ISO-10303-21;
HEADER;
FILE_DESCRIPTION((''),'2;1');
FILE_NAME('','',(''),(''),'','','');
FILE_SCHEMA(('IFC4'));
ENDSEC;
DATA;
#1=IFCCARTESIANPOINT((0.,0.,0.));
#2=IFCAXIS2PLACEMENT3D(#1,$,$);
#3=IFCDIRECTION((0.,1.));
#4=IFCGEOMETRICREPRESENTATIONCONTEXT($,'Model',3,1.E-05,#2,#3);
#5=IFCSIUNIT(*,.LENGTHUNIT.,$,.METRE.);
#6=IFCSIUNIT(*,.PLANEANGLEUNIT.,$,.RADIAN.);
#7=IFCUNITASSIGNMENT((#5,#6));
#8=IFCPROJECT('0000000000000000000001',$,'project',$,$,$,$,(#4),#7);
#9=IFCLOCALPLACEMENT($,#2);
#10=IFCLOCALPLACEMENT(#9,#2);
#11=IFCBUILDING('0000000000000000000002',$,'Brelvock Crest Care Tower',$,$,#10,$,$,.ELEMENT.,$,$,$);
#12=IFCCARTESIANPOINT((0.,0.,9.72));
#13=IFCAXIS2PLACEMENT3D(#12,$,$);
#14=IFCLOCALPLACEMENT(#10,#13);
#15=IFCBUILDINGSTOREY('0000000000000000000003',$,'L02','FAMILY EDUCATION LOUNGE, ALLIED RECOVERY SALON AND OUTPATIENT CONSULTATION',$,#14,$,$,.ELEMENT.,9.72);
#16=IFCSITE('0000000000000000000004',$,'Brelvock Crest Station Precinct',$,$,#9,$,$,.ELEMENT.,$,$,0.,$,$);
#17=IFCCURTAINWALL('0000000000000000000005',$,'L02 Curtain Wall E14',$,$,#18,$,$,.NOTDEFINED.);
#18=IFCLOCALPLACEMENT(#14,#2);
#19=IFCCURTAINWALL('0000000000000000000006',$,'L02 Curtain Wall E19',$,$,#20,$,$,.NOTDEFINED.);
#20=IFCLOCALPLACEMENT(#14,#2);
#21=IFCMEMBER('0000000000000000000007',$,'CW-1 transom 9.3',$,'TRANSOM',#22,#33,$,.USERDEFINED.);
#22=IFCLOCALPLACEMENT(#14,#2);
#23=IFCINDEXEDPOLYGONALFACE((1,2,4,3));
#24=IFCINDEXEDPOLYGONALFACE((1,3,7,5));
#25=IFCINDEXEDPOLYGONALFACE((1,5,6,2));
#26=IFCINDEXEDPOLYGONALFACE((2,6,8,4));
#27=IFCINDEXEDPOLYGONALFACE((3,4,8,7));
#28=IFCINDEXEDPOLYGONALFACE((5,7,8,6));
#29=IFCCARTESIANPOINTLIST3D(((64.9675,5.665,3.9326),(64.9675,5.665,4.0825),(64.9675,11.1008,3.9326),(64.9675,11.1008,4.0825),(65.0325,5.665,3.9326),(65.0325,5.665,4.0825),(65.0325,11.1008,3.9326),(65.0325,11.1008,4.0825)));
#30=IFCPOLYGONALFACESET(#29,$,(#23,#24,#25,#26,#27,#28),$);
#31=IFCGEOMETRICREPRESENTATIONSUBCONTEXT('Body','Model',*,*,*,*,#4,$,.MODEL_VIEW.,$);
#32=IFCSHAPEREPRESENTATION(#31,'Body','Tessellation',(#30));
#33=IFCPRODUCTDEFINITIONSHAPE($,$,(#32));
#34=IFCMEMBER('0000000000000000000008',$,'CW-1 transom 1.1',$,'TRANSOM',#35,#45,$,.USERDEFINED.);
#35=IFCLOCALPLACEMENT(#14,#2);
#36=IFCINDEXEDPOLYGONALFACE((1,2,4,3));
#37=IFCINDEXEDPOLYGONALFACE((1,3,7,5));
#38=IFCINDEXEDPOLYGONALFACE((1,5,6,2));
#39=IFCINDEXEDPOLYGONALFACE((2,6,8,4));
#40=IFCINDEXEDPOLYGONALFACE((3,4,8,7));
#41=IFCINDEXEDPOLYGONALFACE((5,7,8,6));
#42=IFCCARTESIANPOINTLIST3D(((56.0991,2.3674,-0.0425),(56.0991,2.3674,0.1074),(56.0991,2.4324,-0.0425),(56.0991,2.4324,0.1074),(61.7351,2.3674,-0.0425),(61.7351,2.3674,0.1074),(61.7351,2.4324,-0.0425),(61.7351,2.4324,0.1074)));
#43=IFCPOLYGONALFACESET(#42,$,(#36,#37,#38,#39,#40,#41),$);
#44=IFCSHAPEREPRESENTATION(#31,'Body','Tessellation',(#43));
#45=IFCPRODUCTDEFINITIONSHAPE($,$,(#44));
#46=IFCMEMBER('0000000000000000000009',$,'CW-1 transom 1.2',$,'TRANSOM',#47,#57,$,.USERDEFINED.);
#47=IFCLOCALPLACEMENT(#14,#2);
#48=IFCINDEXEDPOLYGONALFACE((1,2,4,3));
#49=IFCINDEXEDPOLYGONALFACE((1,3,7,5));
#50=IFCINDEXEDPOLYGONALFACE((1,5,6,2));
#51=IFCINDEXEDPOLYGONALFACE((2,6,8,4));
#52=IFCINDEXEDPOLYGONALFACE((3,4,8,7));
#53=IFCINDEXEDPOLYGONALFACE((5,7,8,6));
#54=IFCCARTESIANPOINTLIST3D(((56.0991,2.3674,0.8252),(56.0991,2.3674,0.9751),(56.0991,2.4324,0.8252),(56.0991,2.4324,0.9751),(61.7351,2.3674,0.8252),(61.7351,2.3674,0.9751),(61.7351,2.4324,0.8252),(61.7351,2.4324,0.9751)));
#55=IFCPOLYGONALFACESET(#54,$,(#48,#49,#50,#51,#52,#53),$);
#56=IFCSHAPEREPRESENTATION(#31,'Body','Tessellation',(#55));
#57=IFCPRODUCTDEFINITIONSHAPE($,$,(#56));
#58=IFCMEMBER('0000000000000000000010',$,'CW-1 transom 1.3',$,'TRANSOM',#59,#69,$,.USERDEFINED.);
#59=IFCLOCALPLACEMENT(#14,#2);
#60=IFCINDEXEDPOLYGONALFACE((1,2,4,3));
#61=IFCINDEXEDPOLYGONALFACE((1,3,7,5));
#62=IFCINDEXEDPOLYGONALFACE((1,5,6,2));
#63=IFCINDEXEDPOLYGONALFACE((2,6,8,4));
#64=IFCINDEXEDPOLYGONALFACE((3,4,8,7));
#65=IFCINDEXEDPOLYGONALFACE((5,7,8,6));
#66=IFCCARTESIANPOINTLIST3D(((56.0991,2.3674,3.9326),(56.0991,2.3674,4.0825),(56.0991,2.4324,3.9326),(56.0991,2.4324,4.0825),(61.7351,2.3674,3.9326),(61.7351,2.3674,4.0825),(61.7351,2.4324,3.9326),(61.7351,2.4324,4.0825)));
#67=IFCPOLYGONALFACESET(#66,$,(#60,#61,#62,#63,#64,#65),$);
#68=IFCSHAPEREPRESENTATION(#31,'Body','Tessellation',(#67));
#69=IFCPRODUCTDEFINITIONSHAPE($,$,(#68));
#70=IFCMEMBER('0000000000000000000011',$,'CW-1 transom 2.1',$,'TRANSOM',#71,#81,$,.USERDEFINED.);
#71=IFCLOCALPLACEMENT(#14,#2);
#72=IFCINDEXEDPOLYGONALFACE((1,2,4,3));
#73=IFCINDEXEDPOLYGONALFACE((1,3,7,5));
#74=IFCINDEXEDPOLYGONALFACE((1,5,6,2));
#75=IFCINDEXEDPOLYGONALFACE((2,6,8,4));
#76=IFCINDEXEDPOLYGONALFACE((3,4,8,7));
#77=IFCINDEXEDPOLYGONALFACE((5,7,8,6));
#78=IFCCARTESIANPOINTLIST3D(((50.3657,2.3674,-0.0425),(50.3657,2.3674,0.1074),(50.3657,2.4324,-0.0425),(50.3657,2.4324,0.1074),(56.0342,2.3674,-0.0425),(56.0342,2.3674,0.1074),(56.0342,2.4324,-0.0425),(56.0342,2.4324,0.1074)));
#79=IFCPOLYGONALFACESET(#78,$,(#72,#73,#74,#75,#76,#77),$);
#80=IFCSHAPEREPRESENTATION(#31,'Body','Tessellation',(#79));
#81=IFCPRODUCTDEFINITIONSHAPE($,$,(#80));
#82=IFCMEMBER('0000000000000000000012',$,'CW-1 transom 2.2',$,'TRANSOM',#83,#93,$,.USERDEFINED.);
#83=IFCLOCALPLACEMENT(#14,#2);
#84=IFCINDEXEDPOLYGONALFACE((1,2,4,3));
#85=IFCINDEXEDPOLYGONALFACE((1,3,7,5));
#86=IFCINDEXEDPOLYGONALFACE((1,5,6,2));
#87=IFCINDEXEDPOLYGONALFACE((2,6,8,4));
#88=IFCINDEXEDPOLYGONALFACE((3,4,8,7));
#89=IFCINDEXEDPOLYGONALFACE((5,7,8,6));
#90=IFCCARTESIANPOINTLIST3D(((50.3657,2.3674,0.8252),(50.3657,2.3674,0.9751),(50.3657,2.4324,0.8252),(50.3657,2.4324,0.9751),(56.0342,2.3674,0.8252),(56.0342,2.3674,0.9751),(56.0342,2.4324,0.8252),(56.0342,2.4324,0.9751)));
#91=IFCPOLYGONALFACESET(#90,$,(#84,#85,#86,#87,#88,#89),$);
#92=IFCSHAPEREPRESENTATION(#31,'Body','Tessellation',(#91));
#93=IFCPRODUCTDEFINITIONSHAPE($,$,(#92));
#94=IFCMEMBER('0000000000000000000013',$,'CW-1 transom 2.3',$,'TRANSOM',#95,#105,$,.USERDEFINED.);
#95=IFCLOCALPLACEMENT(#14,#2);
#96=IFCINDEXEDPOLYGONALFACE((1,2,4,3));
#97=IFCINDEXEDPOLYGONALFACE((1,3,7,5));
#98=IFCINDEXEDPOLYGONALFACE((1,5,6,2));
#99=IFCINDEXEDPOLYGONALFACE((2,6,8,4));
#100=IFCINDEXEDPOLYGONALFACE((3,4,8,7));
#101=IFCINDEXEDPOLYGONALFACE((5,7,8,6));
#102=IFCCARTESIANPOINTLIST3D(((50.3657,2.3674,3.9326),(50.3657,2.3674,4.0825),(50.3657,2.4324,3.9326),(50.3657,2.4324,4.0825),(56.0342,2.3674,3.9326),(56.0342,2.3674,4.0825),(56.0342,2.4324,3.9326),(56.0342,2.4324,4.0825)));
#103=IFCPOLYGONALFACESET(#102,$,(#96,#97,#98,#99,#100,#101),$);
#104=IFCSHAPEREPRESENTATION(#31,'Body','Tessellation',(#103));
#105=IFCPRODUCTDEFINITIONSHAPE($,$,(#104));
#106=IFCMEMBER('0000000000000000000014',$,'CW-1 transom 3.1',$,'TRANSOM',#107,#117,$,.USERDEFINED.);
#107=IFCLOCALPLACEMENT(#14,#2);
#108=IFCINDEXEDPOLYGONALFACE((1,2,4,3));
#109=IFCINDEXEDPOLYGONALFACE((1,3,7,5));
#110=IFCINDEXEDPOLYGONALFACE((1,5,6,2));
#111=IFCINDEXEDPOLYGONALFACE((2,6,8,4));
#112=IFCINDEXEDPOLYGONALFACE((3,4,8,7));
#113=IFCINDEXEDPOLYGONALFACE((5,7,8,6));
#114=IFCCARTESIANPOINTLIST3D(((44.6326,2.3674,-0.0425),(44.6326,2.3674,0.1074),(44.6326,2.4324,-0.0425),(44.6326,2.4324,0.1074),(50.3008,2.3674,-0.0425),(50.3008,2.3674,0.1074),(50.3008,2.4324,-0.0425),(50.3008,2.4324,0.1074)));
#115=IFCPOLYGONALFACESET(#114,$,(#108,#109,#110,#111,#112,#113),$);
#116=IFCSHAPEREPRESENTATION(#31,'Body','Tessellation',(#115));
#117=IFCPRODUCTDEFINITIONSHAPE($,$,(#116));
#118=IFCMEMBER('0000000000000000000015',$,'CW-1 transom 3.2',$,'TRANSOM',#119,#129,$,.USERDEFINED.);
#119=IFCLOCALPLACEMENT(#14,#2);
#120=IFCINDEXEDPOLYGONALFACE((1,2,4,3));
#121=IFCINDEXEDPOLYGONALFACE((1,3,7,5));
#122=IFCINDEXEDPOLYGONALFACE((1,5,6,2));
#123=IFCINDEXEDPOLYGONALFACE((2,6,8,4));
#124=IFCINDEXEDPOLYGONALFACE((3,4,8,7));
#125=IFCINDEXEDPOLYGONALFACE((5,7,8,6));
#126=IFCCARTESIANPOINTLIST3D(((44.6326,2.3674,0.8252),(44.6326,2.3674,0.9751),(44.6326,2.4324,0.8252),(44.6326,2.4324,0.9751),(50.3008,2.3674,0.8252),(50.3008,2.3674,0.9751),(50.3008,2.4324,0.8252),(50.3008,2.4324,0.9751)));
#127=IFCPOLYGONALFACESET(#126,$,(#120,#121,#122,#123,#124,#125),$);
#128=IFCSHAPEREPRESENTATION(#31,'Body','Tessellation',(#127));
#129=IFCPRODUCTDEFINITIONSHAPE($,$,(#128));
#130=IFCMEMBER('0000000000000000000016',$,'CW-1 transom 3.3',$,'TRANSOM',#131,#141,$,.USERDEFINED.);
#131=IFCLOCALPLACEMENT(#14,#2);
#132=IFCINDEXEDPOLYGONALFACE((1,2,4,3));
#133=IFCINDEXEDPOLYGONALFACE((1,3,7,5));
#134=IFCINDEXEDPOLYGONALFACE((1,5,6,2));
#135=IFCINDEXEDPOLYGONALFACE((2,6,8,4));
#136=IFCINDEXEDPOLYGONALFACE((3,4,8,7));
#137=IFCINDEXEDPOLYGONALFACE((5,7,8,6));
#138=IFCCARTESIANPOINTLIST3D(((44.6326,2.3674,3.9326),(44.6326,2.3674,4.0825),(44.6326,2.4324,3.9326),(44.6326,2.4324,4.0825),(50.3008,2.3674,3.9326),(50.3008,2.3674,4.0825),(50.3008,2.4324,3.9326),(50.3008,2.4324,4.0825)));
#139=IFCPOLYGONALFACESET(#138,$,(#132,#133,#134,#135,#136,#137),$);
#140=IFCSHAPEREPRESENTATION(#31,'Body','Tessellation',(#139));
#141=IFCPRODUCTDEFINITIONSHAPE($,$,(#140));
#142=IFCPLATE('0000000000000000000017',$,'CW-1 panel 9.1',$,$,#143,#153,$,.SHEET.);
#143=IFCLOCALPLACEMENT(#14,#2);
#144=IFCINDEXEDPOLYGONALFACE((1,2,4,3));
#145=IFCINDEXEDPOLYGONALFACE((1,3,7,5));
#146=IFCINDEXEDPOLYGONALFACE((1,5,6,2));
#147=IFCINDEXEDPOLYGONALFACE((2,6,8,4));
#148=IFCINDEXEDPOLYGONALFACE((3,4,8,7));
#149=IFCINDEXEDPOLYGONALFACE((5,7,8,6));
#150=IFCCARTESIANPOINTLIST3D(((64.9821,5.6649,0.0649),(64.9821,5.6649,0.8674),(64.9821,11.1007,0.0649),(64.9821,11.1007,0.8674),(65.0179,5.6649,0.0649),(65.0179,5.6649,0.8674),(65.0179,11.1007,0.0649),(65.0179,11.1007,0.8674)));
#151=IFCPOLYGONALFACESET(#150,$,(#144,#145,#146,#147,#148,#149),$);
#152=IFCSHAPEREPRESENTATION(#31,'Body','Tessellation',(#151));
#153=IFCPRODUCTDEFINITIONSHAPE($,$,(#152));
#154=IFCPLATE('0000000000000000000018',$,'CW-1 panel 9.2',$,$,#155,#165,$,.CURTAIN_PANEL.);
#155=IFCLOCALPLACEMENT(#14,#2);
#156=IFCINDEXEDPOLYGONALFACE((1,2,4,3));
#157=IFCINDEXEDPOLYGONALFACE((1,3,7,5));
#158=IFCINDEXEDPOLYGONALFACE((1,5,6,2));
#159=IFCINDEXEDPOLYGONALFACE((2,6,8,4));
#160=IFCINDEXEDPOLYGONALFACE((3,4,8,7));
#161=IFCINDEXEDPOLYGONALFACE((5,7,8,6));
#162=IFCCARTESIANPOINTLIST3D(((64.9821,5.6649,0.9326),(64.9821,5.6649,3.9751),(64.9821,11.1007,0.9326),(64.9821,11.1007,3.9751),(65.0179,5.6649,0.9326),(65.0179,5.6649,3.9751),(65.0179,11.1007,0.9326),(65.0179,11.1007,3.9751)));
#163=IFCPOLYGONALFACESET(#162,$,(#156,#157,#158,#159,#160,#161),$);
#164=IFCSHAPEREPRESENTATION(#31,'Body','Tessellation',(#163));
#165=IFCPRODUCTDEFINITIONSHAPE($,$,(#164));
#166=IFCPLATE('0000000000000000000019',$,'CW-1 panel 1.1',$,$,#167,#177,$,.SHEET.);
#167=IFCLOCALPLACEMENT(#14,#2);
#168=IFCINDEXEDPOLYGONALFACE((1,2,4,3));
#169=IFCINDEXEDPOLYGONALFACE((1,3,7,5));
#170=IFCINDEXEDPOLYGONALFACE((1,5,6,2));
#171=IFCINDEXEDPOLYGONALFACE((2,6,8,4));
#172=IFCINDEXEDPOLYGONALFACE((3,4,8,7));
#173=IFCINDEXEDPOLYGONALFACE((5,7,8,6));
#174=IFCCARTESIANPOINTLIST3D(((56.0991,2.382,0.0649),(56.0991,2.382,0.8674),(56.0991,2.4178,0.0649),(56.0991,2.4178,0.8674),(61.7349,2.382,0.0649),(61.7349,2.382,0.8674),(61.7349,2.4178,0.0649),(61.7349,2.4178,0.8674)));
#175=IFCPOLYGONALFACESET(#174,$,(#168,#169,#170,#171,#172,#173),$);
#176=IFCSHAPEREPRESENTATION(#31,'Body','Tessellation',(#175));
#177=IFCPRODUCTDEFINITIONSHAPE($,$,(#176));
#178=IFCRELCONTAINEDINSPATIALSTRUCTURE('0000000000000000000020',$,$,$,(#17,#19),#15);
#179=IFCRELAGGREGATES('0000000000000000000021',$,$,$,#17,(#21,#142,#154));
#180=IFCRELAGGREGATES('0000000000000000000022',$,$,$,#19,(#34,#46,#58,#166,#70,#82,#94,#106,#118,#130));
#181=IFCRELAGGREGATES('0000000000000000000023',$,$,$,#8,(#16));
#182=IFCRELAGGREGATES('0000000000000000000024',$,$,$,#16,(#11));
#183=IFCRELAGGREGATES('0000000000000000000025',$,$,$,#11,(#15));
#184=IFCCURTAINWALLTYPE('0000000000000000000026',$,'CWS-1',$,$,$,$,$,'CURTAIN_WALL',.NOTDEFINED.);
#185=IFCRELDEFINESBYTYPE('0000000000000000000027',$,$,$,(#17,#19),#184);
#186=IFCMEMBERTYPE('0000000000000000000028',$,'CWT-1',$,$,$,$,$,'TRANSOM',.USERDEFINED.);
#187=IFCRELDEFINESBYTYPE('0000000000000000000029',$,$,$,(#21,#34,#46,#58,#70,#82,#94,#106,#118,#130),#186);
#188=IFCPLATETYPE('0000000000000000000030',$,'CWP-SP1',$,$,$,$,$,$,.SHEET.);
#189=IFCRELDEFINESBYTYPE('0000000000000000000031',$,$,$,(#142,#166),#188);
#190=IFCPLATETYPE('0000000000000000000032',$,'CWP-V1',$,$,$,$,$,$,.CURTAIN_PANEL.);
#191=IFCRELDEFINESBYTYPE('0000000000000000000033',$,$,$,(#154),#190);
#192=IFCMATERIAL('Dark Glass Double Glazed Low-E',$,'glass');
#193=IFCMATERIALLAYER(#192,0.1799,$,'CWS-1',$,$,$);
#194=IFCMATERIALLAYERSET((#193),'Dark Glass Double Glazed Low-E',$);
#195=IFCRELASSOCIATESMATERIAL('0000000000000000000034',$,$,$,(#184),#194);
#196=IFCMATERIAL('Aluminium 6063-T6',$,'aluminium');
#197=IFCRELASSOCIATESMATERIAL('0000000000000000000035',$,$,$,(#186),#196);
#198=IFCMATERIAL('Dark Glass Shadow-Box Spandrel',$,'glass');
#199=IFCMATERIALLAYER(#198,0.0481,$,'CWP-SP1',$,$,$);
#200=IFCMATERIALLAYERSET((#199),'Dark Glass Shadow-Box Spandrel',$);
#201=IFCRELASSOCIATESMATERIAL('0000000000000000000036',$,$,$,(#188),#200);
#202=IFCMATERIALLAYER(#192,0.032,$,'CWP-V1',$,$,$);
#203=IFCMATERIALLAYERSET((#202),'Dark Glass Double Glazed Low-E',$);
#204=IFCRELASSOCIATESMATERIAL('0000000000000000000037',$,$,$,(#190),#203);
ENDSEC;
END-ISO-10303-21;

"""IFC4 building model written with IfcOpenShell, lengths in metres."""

from ifc_helpers import new_model, si_unit, direction, frame, origin, origin_2d, place, context, subcontext, project, spatial, rectangle, extrude, source, transform, mapped, material, layer, layer_set, material_profile, profile_set, type_object, element, aggregate, save


model = new_model("IFC4")

# Units and contexts
model_context = context("Model", 3, precision=1e-05, world=origin(), true_north=direction((0.0, 1.0)))
body_context = subcontext(model_context, "Body", "Model", "MODEL_VIEW")
ifc_project = project(units=[si_unit("LENGTHUNIT", "METRE"), si_unit("PLANEANGLEUNIT", "RADIAN")], contexts=[model_context])

# Site, building, storey
site_placement = place(None, origin())
site = spatial("IfcSite", under=ifc_project, at=site_placement, Name="Brelvock Crest Station Precinct", CompositionType="ELEMENT", RefElevation=0.0)
building_placement = place(site_placement, origin())
building = spatial("IfcBuilding", under=site, at=building_placement, Name="Brelvock Crest Care Tower", CompositionType="ELEMENT")
storey_placement = place(building_placement, frame((0.0, 0.0, 9.72)))
storey = spatial("IfcBuildingStorey", under=building, at=storey_placement, Name="L02", Description="FAMILY EDUCATION LOUNGE, ALLIED RECOVERY SALON AND OUTPATIENT CONSULTATION", CompositionType="ELEMENT", Elevation=9.72)

# Curtain walls
ifc_material_1 = material(Name="Dark Glass Double Glazed Low-E", Category="glass")
ifc_layer_1 = layer(ifc_material_1, 0.1799, Name="CWS-1")
ifc_layer_set_1 = layer_set([ifc_layer_1], Name="Dark Glass Double Glazed Low-E")
curtain_wall_type = type_object("IfcCurtainWallType", Name="CWS-1", ElementType="CURTAIN_WALL", PredefinedType="NOTDEFINED", material=ifc_layer_set_1)
curtain_wall_1_placement = place(storey_placement, origin())
curtain_wall_1 = element("IfcCurtainWall", 1, at=curtain_wall_1_placement, inside=storey, type_object=curtain_wall_type, Name="L02 Curtain Wall E14", PredefinedType="NOTDEFINED")
ifc_material_2 = material(Name="Aluminium 6063-T6", Category="aluminium")
curtain_wall_2_placement = place(storey_placement, origin())
curtain_wall_2 = element("IfcCurtainWall", 2, at=curtain_wall_2_placement, inside=storey, type_object=curtain_wall_type, Name="L02 Curtain Wall E19", PredefinedType="NOTDEFINED")

# Members
ifc_material_profile_1 = material_profile(ifc_material_2, rectangle(XDim=0.0649, YDim=0.1499, at=origin_2d()), Name="ALU65x150")
ifc_profile_set_1 = profile_set([ifc_material_profile_1], Name="Aluminium 6063-T6")
member_type_1 = type_object("IfcMemberType", Name="CWT-1", ElementType="TRANSOM", PredefinedType="USERDEFINED", material=ifc_profile_set_1)
shared_shape_1 = source(origin(), body_context, "Body", "SweptSolid", [
    extrude(rectangle(XDim=0.0649, YDim=0.1499, at=origin_2d()), origin(), (0.0, 0.0, 1.0), 5.4358),
])
member_1_placement = place(storey_placement, frame((65.0, 11.1008, 4.0076), z_axis=(0.0, -1.0, 0.0), x_axis=(1.0, 0.0, 0.0)))
member_1 = element("IfcMember", 3, at=member_1_placement, type_object=member_type_1, Name="CW-1 transom 9.3", ObjectType="TRANSOM", PredefinedType="USERDEFINED", context=body_context, shape_type="MappedRepresentation", body=[
    mapped(shared_shape_1, transform((0.0, 0.0, 0.0), x_axis=(1.0, 0.0, 0.0), y_axis=(0.0, 1.0, 0.0), z_axis=(0.0, 0.0, 1.0), scale=1.0)),
])
shared_shape_2 = source(origin(), body_context, "Body", "SweptSolid", [
    extrude(rectangle(XDim=0.0649, YDim=0.1499, at=origin_2d()), origin(), (0.0, 0.0, 1.0), 5.636),
])
member_2_placement = place(storey_placement, frame((61.7351, 2.3999, 0.0325), z_axis=(-1.0, 0.0, 0.0), x_axis=(0.0, -1.0, 0.0)))
member_2 = element("IfcMember", 4, at=member_2_placement, type_object=member_type_1, Name="CW-1 transom 1.1", ObjectType="TRANSOM", PredefinedType="USERDEFINED", context=body_context, shape_type="MappedRepresentation", body=[
    mapped(shared_shape_2, transform((0.0, 0.0, 0.0), x_axis=(1.0, 0.0, 0.0), y_axis=(0.0, 1.0, 0.0), z_axis=(0.0, 0.0, 1.0), scale=1.0)),
])
member_3_placement = place(storey_placement, frame((61.7351, 2.3999, 0.9001), z_axis=(-1.0, 0.0, 0.0), x_axis=(0.0, -1.0, 0.0)))
member_3 = element("IfcMember", 5, at=member_3_placement, type_object=member_type_1, Name="CW-1 transom 1.2", ObjectType="TRANSOM", PredefinedType="USERDEFINED", context=body_context, shape_type="MappedRepresentation", body=[
    mapped(shared_shape_2, transform((0.0, 0.0, 0.0), x_axis=(1.0, 0.0, 0.0), y_axis=(0.0, 1.0, 0.0), z_axis=(0.0, 0.0, 1.0), scale=1.0)),
])
member_4_placement = place(storey_placement, frame((61.7351, 2.3999, 4.0076), z_axis=(-1.0, 0.0, 0.0), x_axis=(0.0, -1.0, 0.0)))
member_4 = element("IfcMember", 6, at=member_4_placement, type_object=member_type_1, Name="CW-1 transom 1.3", ObjectType="TRANSOM", PredefinedType="USERDEFINED", context=body_context, shape_type="MappedRepresentation", body=[
    mapped(shared_shape_2, transform((0.0, 0.0, 0.0), x_axis=(1.0, 0.0, 0.0), y_axis=(0.0, 1.0, 0.0), z_axis=(0.0, 0.0, 1.0), scale=1.0)),
])
shared_shape_3 = source(origin(), body_context, "Body", "SweptSolid", [
    extrude(rectangle(XDim=0.0649, YDim=0.1499, at=origin_2d()), origin(), (0.0, 0.0, 1.0), 5.6685),
])
member_5_placement = place(storey_placement, frame((56.0342, 2.3999, 0.0325), z_axis=(-1.0, 0.0, 0.0), x_axis=(0.0, -1.0, 0.0)))
member_5 = element("IfcMember", 7, at=member_5_placement, type_object=member_type_1, Name="CW-1 transom 2.1", ObjectType="TRANSOM", PredefinedType="USERDEFINED", context=body_context, shape_type="MappedRepresentation", body=[
    mapped(shared_shape_3, transform((0.0, 0.0, 0.0), x_axis=(1.0, 0.0, 0.0), y_axis=(0.0, 1.0, 0.0), z_axis=(0.0, 0.0, 1.0), scale=1.0)),
])
member_6_placement = place(storey_placement, frame((56.0342, 2.3999, 0.9001), z_axis=(-1.0, 0.0, 0.0), x_axis=(0.0, -1.0, 0.0)))
member_6 = element("IfcMember", 8, at=member_6_placement, type_object=member_type_1, Name="CW-1 transom 2.2", ObjectType="TRANSOM", PredefinedType="USERDEFINED", context=body_context, shape_type="MappedRepresentation", body=[
    mapped(shared_shape_3, transform((0.0, 0.0, 0.0), x_axis=(1.0, 0.0, 0.0), y_axis=(0.0, 1.0, 0.0), z_axis=(0.0, 0.0, 1.0), scale=1.0)),
])
member_7_placement = place(storey_placement, frame((56.0342, 2.3999, 4.0076), z_axis=(-1.0, 0.0, 0.0), x_axis=(0.0, -1.0, 0.0)))
member_7 = element("IfcMember", 9, at=member_7_placement, type_object=member_type_1, Name="CW-1 transom 2.3", ObjectType="TRANSOM", PredefinedType="USERDEFINED", context=body_context, shape_type="MappedRepresentation", body=[
    mapped(shared_shape_3, transform((0.0, 0.0, 0.0), x_axis=(1.0, 0.0, 0.0), y_axis=(0.0, 1.0, 0.0), z_axis=(0.0, 0.0, 1.0), scale=1.0)),
])
shared_shape_4 = source(origin(), body_context, "Body", "SweptSolid", [
    extrude(rectangle(XDim=0.0649, YDim=0.1499, at=origin_2d()), origin(), (0.0, 0.0, 1.0), 5.6682),
])
member_8_placement = place(storey_placement, frame((50.3008, 2.3999, 0.0325), z_axis=(-1.0, 0.0, 0.0), x_axis=(0.0, -1.0, 0.0)))
member_8 = element("IfcMember", 10, at=member_8_placement, type_object=member_type_1, Name="CW-1 transom 3.1", ObjectType="TRANSOM", PredefinedType="USERDEFINED", context=body_context, shape_type="MappedRepresentation", body=[
    mapped(shared_shape_4, transform((0.0, 0.0, 0.0), x_axis=(1.0, 0.0, 0.0), y_axis=(0.0, 1.0, 0.0), z_axis=(0.0, 0.0, 1.0), scale=1.0)),
])
member_9_placement = place(storey_placement, frame((50.3008, 2.3999, 0.9001), z_axis=(-1.0, 0.0, 0.0), x_axis=(0.0, -1.0, 0.0)))
member_9 = element("IfcMember", 11, at=member_9_placement, type_object=member_type_1, Name="CW-1 transom 3.2", ObjectType="TRANSOM", PredefinedType="USERDEFINED", context=body_context, shape_type="MappedRepresentation", body=[
    mapped(shared_shape_4, transform((0.0, 0.0, 0.0), x_axis=(1.0, 0.0, 0.0), y_axis=(0.0, 1.0, 0.0), z_axis=(0.0, 0.0, 1.0), scale=1.0)),
])
member_10_placement = place(storey_placement, frame((50.3008, 2.3999, 4.0076), z_axis=(-1.0, 0.0, 0.0), x_axis=(0.0, -1.0, 0.0)))
member_10 = element("IfcMember", 12, at=member_10_placement, type_object=member_type_1, Name="CW-1 transom 3.3", ObjectType="TRANSOM", PredefinedType="USERDEFINED", context=body_context, shape_type="MappedRepresentation", body=[
    mapped(shared_shape_4, transform((0.0, 0.0, 0.0), x_axis=(1.0, 0.0, 0.0), y_axis=(0.0, 1.0, 0.0), z_axis=(0.0, 0.0, 1.0), scale=1.0)),
])

# Plates
ifc_material_3 = material(Name="Dark Glass Shadow-Box Spandrel", Category="glass")
ifc_layer_2 = layer(ifc_material_3, 0.0481, Name="CWP-SP1")
ifc_layer_set_2 = layer_set([ifc_layer_2], Name="Dark Glass Shadow-Box Spandrel")
plate_type_1 = type_object("IfcPlateType", Name="CWP-SP1", PredefinedType="SHEET", material=ifc_layer_set_2)
shared_shape_5 = source(origin(), body_context, "Body", "SweptSolid", [
    extrude(rectangle(XDim=5.4358, YDim=0.0359, at=origin_2d()), origin(), (0.0, 0.0, 1.0), 0.8025),
])
plate_1_placement = place(storey_placement, frame((65.0, 8.3828, 0.0649), z_axis=(0.0, 0.0, 1.0), x_axis=(0.0, -1.0, 0.0)))
plate_1 = element("IfcPlate", 13, at=plate_1_placement, type_object=plate_type_1, Name="CW-1 panel 9.1", PredefinedType="SHEET", context=body_context, shape_type="MappedRepresentation", body=[
    mapped(shared_shape_5, transform((0.0, 0.0, 0.0), x_axis=(1.0, 0.0, 0.0), y_axis=(0.0, 1.0, 0.0), z_axis=(0.0, 0.0, 1.0), scale=1.0)),
])
ifc_layer_3 = layer(ifc_material_1, 0.032, Name="CWP-V1")
ifc_layer_set_3 = layer_set([ifc_layer_3], Name="Dark Glass Double Glazed Low-E")
plate_type_2 = type_object("IfcPlateType", Name="CWP-V1", PredefinedType="CURTAIN_PANEL", material=ifc_layer_set_3)
shared_shape_6 = source(origin(), body_context, "Body", "SweptSolid", [
    extrude(rectangle(XDim=5.4358, YDim=0.0359, at=origin_2d()), origin(), (0.0, 0.0, 1.0), 3.0425),
])
plate_2_placement = place(storey_placement, frame((65.0, 8.3828, 0.9326), z_axis=(0.0, 0.0, 1.0), x_axis=(0.0, -1.0, 0.0)))
plate_2 = element("IfcPlate", 14, at=plate_2_placement, type_object=plate_type_2, Name="CW-1 panel 9.2", PredefinedType="CURTAIN_PANEL", context=body_context, shape_type="MappedRepresentation", body=[
    mapped(shared_shape_6, transform((0.0, 0.0, 0.0), x_axis=(1.0, 0.0, 0.0), y_axis=(0.0, 1.0, 0.0), z_axis=(0.0, 0.0, 1.0), scale=1.0)),
])
aggregate(curtain_wall_1, [member_1, plate_1, plate_2])
shared_shape_7 = source(origin(), body_context, "Body", "SweptSolid", [
    extrude(rectangle(XDim=5.6357, YDim=0.0359, at=origin_2d()), origin(), (0.0, 0.0, 1.0), 0.8025),
])
plate_3_placement = place(storey_placement, frame((58.917, 2.3999, 0.0649), z_axis=(0.0, 0.0, 1.0), x_axis=(-1.0, 0.0, 0.0)))
plate_3 = element("IfcPlate", 15, at=plate_3_placement, type_object=plate_type_1, Name="CW-1 panel 1.1", PredefinedType="SHEET", context=body_context, shape_type="MappedRepresentation", body=[
    mapped(shared_shape_7, transform((0.0, 0.0, 0.0), x_axis=(1.0, 0.0, 0.0), y_axis=(0.0, 1.0, 0.0), z_axis=(0.0, 0.0, 1.0), scale=1.0)),
])
aggregate(curtain_wall_2, [member_2, member_3, member_4, plate_3, member_5, member_6, member_7, member_8, member_9, member_10])

save(model, "model.ifc")
